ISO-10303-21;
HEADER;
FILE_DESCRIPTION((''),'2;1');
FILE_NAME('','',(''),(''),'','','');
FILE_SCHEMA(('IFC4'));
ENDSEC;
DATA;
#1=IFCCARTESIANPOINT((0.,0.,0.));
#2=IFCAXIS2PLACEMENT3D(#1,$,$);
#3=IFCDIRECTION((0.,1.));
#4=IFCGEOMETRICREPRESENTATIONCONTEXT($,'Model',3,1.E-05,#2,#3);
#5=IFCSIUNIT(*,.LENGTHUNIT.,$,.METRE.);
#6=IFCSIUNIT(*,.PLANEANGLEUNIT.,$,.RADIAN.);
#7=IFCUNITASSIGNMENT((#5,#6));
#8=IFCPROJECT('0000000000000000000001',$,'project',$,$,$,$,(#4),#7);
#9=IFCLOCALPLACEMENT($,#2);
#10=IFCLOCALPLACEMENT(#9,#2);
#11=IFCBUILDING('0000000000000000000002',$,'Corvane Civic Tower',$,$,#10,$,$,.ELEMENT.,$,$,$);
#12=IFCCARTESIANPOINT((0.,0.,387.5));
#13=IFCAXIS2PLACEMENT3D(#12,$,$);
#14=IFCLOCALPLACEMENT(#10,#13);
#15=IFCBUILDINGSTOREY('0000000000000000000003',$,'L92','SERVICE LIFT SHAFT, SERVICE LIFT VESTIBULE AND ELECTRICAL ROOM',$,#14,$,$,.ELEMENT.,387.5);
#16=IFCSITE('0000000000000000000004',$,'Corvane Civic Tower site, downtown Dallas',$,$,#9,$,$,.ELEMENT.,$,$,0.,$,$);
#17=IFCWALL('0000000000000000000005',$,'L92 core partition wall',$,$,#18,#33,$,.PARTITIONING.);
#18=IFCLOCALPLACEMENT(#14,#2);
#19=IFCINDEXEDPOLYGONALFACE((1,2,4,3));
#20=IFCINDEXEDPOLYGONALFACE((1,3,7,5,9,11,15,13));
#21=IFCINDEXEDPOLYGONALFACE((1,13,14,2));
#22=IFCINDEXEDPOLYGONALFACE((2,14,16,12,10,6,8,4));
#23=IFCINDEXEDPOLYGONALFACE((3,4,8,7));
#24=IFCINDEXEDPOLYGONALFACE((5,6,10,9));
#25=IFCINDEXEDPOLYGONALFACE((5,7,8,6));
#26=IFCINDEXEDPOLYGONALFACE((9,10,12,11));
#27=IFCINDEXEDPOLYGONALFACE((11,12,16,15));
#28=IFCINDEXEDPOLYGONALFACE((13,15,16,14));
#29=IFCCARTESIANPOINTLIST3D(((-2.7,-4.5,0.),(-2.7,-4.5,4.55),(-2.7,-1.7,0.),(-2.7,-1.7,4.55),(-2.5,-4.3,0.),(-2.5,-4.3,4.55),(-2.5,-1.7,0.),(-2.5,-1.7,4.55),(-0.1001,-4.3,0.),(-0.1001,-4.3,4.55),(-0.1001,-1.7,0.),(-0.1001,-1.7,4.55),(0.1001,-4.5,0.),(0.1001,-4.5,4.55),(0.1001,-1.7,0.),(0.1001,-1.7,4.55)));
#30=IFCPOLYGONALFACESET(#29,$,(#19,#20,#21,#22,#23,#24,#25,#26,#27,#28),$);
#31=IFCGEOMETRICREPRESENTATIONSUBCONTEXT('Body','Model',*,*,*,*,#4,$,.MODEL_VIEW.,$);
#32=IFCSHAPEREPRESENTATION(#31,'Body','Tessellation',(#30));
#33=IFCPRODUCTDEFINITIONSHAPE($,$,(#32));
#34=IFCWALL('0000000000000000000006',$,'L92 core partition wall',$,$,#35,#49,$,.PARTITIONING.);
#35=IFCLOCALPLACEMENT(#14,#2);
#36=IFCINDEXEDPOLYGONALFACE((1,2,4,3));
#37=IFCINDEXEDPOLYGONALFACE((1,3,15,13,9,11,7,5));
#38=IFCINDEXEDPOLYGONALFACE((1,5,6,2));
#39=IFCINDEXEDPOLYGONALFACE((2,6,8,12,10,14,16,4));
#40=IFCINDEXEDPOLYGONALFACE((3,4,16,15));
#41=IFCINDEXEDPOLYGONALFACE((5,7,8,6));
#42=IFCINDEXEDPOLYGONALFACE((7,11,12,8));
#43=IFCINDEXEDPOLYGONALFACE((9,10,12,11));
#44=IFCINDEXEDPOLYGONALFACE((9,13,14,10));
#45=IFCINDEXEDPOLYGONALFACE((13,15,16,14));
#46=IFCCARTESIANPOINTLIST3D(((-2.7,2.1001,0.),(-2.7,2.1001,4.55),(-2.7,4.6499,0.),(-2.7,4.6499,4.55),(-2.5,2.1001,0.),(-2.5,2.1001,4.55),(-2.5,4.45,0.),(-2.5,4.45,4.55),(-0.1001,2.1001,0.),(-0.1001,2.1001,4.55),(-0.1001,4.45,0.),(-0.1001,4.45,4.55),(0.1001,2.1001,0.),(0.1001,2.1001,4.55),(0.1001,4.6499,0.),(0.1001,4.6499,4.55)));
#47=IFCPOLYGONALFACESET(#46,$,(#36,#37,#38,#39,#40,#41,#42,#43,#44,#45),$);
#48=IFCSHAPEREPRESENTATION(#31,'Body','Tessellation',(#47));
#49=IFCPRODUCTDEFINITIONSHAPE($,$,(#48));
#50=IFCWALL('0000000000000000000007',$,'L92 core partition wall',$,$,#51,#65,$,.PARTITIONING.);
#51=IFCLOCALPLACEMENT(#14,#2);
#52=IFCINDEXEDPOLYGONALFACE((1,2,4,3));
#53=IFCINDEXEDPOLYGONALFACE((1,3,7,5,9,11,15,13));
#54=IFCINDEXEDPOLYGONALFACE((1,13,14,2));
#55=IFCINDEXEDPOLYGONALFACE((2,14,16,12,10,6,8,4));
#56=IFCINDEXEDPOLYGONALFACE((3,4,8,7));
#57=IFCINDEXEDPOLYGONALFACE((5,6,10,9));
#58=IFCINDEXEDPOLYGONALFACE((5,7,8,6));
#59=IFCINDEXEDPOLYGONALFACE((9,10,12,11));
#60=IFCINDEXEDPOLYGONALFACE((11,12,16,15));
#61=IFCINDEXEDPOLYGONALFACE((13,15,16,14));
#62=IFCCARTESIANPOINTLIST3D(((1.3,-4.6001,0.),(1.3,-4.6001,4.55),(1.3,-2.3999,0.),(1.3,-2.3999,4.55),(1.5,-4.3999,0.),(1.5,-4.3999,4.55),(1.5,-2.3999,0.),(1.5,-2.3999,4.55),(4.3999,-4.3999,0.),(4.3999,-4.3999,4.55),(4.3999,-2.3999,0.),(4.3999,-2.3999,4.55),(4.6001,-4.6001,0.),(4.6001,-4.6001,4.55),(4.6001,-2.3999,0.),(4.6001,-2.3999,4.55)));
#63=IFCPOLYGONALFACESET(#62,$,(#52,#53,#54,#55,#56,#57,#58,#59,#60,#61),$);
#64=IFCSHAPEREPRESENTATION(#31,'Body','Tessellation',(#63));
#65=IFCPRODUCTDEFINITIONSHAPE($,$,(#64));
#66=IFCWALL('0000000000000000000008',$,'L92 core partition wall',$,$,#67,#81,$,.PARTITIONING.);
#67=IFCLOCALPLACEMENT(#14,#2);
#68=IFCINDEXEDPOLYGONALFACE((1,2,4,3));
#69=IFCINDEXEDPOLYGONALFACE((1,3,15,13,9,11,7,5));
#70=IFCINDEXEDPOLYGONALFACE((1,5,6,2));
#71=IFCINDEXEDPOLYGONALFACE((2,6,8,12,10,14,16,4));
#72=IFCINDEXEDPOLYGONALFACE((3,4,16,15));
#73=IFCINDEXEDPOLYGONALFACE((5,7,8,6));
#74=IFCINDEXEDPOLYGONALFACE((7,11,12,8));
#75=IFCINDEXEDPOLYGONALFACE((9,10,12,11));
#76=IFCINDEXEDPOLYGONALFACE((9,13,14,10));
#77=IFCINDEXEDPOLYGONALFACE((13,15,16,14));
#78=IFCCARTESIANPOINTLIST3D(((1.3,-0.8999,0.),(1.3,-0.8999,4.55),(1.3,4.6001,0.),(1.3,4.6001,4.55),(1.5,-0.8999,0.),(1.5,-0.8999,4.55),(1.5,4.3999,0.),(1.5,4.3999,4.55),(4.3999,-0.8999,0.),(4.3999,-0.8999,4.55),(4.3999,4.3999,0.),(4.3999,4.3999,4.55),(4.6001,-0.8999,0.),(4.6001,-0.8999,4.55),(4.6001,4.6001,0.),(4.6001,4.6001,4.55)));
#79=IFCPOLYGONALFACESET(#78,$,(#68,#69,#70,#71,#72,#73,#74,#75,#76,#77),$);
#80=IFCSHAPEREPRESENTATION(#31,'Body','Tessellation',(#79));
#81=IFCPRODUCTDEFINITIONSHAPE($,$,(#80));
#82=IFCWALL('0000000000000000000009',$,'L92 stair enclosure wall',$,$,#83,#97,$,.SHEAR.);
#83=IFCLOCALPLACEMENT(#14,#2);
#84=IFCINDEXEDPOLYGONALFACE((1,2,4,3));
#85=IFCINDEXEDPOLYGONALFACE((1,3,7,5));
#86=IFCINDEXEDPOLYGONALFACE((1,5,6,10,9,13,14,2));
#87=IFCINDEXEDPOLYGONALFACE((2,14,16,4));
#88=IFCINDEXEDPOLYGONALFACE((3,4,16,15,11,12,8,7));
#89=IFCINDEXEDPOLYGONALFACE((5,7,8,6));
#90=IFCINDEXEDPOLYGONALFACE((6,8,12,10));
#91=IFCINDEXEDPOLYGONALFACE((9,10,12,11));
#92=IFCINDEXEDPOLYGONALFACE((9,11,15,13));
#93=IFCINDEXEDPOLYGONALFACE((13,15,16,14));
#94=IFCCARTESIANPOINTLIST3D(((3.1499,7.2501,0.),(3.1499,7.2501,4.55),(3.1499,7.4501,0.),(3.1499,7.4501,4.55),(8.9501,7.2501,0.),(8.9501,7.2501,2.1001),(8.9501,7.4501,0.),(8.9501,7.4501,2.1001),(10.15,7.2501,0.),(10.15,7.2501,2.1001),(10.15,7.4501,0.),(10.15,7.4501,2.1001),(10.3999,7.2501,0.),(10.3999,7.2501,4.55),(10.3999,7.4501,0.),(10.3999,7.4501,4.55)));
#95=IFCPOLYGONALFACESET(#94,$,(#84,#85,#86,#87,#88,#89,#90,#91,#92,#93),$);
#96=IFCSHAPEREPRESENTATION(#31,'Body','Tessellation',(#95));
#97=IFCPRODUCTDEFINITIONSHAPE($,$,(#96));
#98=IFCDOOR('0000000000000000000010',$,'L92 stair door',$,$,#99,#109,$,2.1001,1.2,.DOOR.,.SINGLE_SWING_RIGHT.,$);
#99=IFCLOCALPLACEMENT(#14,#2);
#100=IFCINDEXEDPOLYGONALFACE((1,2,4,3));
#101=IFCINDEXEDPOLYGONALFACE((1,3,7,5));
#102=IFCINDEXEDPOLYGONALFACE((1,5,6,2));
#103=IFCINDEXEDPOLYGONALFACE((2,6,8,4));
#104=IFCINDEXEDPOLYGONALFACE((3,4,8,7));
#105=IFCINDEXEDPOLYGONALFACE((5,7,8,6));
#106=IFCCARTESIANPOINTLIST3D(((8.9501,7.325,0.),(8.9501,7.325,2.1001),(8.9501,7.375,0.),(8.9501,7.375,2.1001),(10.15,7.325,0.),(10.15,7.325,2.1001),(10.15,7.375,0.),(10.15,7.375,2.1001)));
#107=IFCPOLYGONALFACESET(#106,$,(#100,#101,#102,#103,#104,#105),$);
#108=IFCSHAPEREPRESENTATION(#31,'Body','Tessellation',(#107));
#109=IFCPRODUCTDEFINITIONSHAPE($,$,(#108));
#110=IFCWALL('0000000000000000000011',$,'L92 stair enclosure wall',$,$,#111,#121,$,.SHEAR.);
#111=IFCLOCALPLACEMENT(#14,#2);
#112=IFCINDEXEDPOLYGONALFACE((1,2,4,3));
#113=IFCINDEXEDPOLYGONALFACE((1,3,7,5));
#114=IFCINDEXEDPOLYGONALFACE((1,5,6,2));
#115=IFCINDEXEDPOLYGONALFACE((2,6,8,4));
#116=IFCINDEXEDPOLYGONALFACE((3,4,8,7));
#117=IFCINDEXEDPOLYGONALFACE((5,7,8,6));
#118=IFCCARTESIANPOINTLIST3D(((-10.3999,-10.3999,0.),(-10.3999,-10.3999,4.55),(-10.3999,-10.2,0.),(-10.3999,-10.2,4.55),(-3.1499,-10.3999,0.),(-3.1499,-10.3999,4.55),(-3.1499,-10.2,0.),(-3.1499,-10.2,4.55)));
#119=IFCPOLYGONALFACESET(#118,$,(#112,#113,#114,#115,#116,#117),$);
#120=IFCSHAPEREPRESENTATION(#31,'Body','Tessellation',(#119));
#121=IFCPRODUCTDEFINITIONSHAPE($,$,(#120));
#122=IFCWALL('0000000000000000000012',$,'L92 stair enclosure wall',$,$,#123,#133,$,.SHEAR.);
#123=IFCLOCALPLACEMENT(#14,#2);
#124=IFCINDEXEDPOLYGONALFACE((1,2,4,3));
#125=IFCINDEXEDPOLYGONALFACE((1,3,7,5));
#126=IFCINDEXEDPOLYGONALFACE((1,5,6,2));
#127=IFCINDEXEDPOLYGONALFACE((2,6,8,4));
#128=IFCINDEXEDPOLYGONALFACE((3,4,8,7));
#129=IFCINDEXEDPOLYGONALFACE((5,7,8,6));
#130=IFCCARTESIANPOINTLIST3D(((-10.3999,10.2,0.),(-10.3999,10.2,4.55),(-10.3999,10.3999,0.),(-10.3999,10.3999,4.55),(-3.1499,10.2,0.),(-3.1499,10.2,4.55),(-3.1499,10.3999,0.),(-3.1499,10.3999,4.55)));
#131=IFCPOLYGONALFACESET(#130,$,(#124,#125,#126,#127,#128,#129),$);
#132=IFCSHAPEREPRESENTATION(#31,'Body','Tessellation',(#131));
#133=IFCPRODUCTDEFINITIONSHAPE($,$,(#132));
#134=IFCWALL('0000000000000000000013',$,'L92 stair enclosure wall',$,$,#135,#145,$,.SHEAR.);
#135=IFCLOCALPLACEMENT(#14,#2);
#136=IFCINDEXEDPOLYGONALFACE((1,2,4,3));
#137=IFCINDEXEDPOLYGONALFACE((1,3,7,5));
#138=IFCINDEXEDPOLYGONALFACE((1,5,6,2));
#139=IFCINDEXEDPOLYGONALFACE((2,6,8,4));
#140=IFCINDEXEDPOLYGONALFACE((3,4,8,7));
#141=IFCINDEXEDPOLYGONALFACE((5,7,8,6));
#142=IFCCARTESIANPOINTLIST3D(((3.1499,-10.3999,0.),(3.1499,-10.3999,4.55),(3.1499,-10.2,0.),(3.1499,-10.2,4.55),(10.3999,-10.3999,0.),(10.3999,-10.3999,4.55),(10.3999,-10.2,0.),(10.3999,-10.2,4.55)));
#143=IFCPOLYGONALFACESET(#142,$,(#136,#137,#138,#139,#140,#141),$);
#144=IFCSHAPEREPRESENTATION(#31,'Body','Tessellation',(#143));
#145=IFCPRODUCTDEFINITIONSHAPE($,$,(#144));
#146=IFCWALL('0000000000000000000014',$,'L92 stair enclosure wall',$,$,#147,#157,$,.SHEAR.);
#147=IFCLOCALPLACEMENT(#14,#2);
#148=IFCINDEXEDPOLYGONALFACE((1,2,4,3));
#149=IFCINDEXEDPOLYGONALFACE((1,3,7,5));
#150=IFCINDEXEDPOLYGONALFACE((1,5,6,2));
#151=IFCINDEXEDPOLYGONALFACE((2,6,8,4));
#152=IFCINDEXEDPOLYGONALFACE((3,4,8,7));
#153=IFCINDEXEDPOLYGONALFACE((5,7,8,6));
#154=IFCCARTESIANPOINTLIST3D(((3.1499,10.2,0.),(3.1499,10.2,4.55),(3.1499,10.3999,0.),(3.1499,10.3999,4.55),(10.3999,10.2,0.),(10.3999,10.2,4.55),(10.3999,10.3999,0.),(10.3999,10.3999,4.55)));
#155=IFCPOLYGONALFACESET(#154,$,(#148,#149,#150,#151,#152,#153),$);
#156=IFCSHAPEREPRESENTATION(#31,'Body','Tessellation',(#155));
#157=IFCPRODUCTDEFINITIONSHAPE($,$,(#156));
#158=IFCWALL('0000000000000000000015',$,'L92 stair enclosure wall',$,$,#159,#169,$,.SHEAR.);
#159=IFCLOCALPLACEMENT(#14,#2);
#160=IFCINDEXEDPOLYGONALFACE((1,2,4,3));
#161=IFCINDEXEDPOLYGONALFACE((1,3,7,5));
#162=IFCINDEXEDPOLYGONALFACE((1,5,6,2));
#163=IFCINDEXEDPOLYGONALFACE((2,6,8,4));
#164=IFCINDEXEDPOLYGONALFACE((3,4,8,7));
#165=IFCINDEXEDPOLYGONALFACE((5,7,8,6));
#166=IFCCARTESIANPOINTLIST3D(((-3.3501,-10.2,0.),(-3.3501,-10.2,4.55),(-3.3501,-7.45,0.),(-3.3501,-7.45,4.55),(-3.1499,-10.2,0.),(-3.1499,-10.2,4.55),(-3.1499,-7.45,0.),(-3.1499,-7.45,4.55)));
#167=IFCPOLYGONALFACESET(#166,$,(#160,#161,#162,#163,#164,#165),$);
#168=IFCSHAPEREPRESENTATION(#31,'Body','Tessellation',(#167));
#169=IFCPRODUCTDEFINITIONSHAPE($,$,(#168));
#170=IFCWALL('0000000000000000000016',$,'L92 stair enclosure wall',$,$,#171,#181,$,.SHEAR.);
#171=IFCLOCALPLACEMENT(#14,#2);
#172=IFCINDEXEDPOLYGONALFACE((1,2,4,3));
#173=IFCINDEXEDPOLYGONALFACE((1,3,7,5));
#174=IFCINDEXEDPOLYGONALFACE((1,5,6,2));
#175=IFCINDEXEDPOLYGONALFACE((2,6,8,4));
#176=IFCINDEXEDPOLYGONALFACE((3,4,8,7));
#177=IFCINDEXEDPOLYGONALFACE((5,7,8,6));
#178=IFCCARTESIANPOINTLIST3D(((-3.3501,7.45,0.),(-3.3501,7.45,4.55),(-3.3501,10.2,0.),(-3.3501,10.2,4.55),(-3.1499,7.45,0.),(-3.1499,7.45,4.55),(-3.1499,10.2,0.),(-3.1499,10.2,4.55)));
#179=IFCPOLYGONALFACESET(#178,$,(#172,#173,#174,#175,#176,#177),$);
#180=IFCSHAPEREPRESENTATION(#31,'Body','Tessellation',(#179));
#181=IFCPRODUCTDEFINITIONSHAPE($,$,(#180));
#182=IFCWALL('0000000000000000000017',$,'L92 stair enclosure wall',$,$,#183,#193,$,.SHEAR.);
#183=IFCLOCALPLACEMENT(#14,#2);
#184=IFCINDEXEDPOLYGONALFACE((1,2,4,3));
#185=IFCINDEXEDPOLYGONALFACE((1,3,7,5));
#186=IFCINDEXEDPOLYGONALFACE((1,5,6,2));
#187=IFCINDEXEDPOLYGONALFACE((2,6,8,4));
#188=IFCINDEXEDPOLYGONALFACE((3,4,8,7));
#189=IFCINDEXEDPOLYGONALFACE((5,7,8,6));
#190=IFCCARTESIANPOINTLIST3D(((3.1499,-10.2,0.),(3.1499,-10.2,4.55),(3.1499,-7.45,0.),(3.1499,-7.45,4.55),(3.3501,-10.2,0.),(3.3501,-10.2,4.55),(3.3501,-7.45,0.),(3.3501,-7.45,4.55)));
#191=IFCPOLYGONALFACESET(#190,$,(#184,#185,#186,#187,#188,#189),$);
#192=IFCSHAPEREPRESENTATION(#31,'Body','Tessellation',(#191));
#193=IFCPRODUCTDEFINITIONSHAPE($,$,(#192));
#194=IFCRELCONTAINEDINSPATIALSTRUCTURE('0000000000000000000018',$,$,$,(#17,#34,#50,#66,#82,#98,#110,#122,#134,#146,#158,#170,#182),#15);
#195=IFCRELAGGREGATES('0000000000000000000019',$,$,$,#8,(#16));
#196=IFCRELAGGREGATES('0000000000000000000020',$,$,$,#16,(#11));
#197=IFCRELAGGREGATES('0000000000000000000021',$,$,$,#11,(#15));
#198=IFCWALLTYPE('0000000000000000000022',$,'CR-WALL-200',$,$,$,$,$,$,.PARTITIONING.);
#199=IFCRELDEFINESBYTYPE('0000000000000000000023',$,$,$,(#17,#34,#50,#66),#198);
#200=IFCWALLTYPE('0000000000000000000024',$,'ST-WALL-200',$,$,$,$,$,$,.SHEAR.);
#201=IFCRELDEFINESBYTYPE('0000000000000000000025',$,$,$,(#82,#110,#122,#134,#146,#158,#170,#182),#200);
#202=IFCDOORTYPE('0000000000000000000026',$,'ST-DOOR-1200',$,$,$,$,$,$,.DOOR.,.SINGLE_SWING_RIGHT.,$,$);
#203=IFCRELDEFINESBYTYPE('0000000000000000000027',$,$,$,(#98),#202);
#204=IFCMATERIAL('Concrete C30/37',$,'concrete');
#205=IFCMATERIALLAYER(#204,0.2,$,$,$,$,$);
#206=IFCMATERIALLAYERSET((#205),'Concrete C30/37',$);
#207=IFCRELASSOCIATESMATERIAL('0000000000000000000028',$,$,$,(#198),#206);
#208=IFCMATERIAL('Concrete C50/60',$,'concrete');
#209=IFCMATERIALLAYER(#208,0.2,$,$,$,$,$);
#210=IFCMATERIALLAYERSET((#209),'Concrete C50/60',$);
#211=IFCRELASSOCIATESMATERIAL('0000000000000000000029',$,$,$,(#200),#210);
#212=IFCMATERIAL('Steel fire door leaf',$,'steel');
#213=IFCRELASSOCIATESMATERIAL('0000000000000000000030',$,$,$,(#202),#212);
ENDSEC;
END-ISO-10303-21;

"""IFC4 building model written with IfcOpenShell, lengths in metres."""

from ifc_helpers import new_model, si_unit, direction, frame, frame_2d, origin, place, context, subcontext, project, spatial, polyline, rectangle, outline, extrude, material, layer, layer_set, type_object, element, fill, save


model = new_model("IFC4")

# Units and contexts
model_context = context("Model", 3, precision=1e-05, world=origin(), true_north=direction((0.0, 1.0)))
body_context = subcontext(model_context, "Body", "Model", "MODEL_VIEW")
ifc_project = project(units=[si_unit("LENGTHUNIT", "METRE"), si_unit("PLANEANGLEUNIT", "RADIAN")], contexts=[model_context])

# Site, building, storey
site_placement = place(None, origin())
site = spatial("IfcSite", under=ifc_project, at=site_placement, Name="Corvane Civic Tower site, downtown Dallas", CompositionType="ELEMENT", RefElevation=0.0)
building_placement = place(site_placement, origin())
building = spatial("IfcBuilding", under=site, at=building_placement, Name="Corvane Civic Tower", CompositionType="ELEMENT")
storey_placement = place(building_placement, frame((0.0, 0.0, 387.5)))
storey = spatial("IfcBuildingStorey", under=building, at=storey_placement, Name="L92", Description="SERVICE LIFT SHAFT, SERVICE LIFT VESTIBULE AND ELECTRICAL ROOM", CompositionType="ELEMENT", Elevation=387.5)

# Walls
ifc_material_1 = material(Name="Concrete C30/37", Category="concrete")
ifc_layer_1 = layer(ifc_material_1, 0.2)
ifc_layer_set_1 = layer_set([ifc_layer_1], Name="Concrete C30/37")
wall_type_1 = type_object("IfcWallType", Name="CR-WALL-200", PredefinedType="PARTITIONING", material=ifc_layer_set_1)
wall_1_placement = place(storey_placement, origin())
element("IfcWall", 1, at=wall_1_placement, inside=storey, type_object=wall_type_1, Name="L92 core partition wall", PredefinedType="PARTITIONING", context=body_context, shape_type="SweptSolid", body=[
    extrude(outline(polyline([(-2.7, -1.7), (-2.5, -1.7), (-2.5, -4.3), (-0.1001, -4.3), (-0.1001, -1.7), (0.1001, -1.7), (0.1001, -4.5), (-2.7, -4.5), (-2.7, -1.7)])), origin(), (0.0, 0.0, 1.0), 4.55),
])
wall_2_placement = place(storey_placement, origin())
element("IfcWall", 2, at=wall_2_placement, inside=storey, type_object=wall_type_1, Name="L92 core partition wall", PredefinedType="PARTITIONING", context=body_context, shape_type="SweptSolid", body=[
    extrude(outline(polyline([(-2.7, 4.6499), (0.1001, 4.6499), (0.1001, 2.1001), (-0.1001, 2.1001), (-0.1001, 4.45), (-2.5, 4.45), (-2.5, 2.1001), (-2.7, 2.1001), (-2.7, 4.6499)])), origin(), (0.0, 0.0, 1.0), 4.55),
])
wall_3_placement = place(storey_placement, origin())
element("IfcWall", 3, at=wall_3_placement, inside=storey, type_object=wall_type_1, Name="L92 core partition wall", PredefinedType="PARTITIONING", context=body_context, shape_type="SweptSolid", body=[
    extrude(outline(polyline([(1.3, -4.6001), (1.3, -2.3999), (1.5, -2.3999), (1.5, -4.3999), (4.3999, -4.3999), (4.3999, -2.3999), (4.6001, -2.3999), (4.6001, -4.6001), (1.3, -4.6001)])), origin(), (0.0, 0.0, 1.0), 4.55),
])
wall_4_placement = place(storey_placement, origin())
element("IfcWall", 4, at=wall_4_placement, inside=storey, type_object=wall_type_1, Name="L92 core partition wall", PredefinedType="PARTITIONING", context=body_context, shape_type="SweptSolid", body=[
    extrude(outline(polyline([(1.3, -0.8999), (1.3, 4.6001), (4.6001, 4.6001), (4.6001, -0.8999), (4.3999, -0.8999), (4.3999, 4.3999), (1.5, 4.3999), (1.5, -0.8999), (1.3, -0.8999)])), origin(), (0.0, 0.0, 1.0), 4.55),
])

# Wall, opening, door
ifc_material_2 = material(Name="Concrete C50/60", Category="concrete")
ifc_layer_2 = layer(ifc_material_2, 0.2)
ifc_layer_set_2 = layer_set([ifc_layer_2], Name="Concrete C50/60")
wall_type_2 = type_object("IfcWallType", Name="ST-WALL-200", PredefinedType="SHEAR", material=ifc_layer_set_2)
wall_5_placement = place(storey_placement, frame((3.1499, 7.3501, 0.0), z_axis=(0.0, 0.0, 1.0), x_axis=(1.0, 0.0, 0.0)))
wall_5 = element("IfcWall", 5, at=wall_5_placement, inside=storey, type_object=wall_type_2, Name="L92 stair enclosure wall", PredefinedType="SHEAR", context=body_context, shape_type="SweptSolid", body=[
    extrude(rectangle(XDim=7.25, YDim=0.2, at=frame_2d((3.625, 0.0))), origin(), (0.0, 0.0, 1.0), 4.55),
])
opening_placement = place(wall_5_placement, frame((5.8, 0.0, 0.0)))
opening = element("IfcOpeningElement", 6, at=opening_placement, cuts=wall_5, PredefinedType="OPENING", context=body_context, shape_type="SweptSolid", body=[
    extrude(rectangle(XDim=1.2, YDim=2.1001, at=frame_2d((0.6001, 1.05))), frame((0.0, 0.1099, 0.0), z_axis=(0.0, -1.0, 0.0), x_axis=(1.0, 0.0, 0.0)), (0.0, 0.0, 1.0), 0.22),
])
ifc_material_3 = material(Name="Steel fire door leaf", Category="steel")
door_type = type_object("IfcDoorType", Name="ST-DOOR-1200", OperationType="SINGLE_SWING_RIGHT", PredefinedType="DOOR", material=ifc_material_3)
door_placement = place(opening_placement, origin())
door = element("IfcDoor", 7, at=door_placement, inside=storey, type_object=door_type, Name="L92 stair door", OperationType="SINGLE_SWING_RIGHT", OverallHeight=2.1001, OverallWidth=1.2, PredefinedType="DOOR", context=body_context, shape_type="SweptSolid", body=[
    extrude(rectangle(XDim=1.2, YDim=2.1001, at=frame_2d((0.6001, 1.05))), frame((0.0, 0.0249, 0.0), z_axis=(0.0, -1.0, 0.0), x_axis=(1.0, 0.0, 0.0)), (0.0, 0.0, 1.0), 0.05),
])
fill(opening, door)

# Walls
wall_6_placement = place(storey_placement, origin())
element("IfcWall", 8, at=wall_6_placement, inside=storey, type_object=wall_type_2, Name="L92 stair enclosure wall", PredefinedType="SHEAR", context=body_context, shape_type="SweptSolid", body=[
    extrude(outline(polyline([(-3.1499, -10.2), (-3.1499, -10.3999), (-10.3999, -10.3999), (-10.3999, -10.2), (-3.1499, -10.2)])), origin(), (0.0, 0.0, 1.0), 4.55),
])
wall_7_placement = place(storey_placement, origin())
element("IfcWall", 9, at=wall_7_placement, inside=storey, type_object=wall_type_2, Name="L92 stair enclosure wall", PredefinedType="SHEAR", context=body_context, shape_type="SweptSolid", body=[
    extrude(outline(polyline([(-3.1499, 10.2), (-10.3999, 10.2), (-10.3999, 10.3999), (-3.1499, 10.3999), (-3.1499, 10.2)])), origin(), (0.0, 0.0, 1.0), 4.55),
])
wall_8_placement = place(storey_placement, origin())
element("IfcWall", 10, at=wall_8_placement, inside=storey, type_object=wall_type_2, Name="L92 stair enclosure wall", PredefinedType="SHEAR", context=body_context, shape_type="SweptSolid", body=[
    extrude(outline(polyline([(10.3999, -10.3999), (3.1499, -10.3999), (3.1499, -10.2), (10.3999, -10.2), (10.3999, -10.3999)])), origin(), (0.0, 0.0, 1.0), 4.55),
])
wall_9_placement = place(storey_placement, origin())
element("IfcWall", 11, at=wall_9_placement, inside=storey, type_object=wall_type_2, Name="L92 stair enclosure wall", PredefinedType="SHEAR", context=body_context, shape_type="SweptSolid", body=[
    extrude(outline(polyline([(10.3999, 10.2), (3.1499, 10.2), (3.1499, 10.3999), (10.3999, 10.3999), (10.3999, 10.2)])), origin(), (0.0, 0.0, 1.0), 4.55),
])
wall_10_placement = place(storey_placement, origin())
element("IfcWall", 12, at=wall_10_placement, inside=storey, type_object=wall_type_2, Name="L92 stair enclosure wall", PredefinedType="SHEAR", context=body_context, shape_type="SweptSolid", body=[
    extrude(outline(polyline([(-3.1499, -7.45), (-3.1499, -10.2), (-3.3501, -10.2), (-3.3501, -7.45), (-3.1499, -7.45)])), origin(), (0.0, 0.0, 1.0), 4.55),
])
wall_11_placement = place(storey_placement, origin())
element("IfcWall", 13, at=wall_11_placement, inside=storey, type_object=wall_type_2, Name="L92 stair enclosure wall", PredefinedType="SHEAR", context=body_context, shape_type="SweptSolid", body=[
    extrude(outline(polyline([(-3.1499, 7.45), (-3.3501, 7.45), (-3.3501, 10.2), (-3.1499, 10.2), (-3.1499, 7.45)])), origin(), (0.0, 0.0, 1.0), 4.55),
])
wall_12_placement = place(storey_placement, origin())
element("IfcWall", 14, at=wall_12_placement, inside=storey, type_object=wall_type_2, Name="L92 stair enclosure wall", PredefinedType="SHEAR", context=body_context, shape_type="SweptSolid", body=[
    extrude(outline(polyline([(3.3501, -7.45), (3.3501, -10.2), (3.1499, -10.2), (3.1499, -7.45), (3.3501, -7.45)])), origin(), (0.0, 0.0, 1.0), 4.55),
])

save(model, "model.ifc")
